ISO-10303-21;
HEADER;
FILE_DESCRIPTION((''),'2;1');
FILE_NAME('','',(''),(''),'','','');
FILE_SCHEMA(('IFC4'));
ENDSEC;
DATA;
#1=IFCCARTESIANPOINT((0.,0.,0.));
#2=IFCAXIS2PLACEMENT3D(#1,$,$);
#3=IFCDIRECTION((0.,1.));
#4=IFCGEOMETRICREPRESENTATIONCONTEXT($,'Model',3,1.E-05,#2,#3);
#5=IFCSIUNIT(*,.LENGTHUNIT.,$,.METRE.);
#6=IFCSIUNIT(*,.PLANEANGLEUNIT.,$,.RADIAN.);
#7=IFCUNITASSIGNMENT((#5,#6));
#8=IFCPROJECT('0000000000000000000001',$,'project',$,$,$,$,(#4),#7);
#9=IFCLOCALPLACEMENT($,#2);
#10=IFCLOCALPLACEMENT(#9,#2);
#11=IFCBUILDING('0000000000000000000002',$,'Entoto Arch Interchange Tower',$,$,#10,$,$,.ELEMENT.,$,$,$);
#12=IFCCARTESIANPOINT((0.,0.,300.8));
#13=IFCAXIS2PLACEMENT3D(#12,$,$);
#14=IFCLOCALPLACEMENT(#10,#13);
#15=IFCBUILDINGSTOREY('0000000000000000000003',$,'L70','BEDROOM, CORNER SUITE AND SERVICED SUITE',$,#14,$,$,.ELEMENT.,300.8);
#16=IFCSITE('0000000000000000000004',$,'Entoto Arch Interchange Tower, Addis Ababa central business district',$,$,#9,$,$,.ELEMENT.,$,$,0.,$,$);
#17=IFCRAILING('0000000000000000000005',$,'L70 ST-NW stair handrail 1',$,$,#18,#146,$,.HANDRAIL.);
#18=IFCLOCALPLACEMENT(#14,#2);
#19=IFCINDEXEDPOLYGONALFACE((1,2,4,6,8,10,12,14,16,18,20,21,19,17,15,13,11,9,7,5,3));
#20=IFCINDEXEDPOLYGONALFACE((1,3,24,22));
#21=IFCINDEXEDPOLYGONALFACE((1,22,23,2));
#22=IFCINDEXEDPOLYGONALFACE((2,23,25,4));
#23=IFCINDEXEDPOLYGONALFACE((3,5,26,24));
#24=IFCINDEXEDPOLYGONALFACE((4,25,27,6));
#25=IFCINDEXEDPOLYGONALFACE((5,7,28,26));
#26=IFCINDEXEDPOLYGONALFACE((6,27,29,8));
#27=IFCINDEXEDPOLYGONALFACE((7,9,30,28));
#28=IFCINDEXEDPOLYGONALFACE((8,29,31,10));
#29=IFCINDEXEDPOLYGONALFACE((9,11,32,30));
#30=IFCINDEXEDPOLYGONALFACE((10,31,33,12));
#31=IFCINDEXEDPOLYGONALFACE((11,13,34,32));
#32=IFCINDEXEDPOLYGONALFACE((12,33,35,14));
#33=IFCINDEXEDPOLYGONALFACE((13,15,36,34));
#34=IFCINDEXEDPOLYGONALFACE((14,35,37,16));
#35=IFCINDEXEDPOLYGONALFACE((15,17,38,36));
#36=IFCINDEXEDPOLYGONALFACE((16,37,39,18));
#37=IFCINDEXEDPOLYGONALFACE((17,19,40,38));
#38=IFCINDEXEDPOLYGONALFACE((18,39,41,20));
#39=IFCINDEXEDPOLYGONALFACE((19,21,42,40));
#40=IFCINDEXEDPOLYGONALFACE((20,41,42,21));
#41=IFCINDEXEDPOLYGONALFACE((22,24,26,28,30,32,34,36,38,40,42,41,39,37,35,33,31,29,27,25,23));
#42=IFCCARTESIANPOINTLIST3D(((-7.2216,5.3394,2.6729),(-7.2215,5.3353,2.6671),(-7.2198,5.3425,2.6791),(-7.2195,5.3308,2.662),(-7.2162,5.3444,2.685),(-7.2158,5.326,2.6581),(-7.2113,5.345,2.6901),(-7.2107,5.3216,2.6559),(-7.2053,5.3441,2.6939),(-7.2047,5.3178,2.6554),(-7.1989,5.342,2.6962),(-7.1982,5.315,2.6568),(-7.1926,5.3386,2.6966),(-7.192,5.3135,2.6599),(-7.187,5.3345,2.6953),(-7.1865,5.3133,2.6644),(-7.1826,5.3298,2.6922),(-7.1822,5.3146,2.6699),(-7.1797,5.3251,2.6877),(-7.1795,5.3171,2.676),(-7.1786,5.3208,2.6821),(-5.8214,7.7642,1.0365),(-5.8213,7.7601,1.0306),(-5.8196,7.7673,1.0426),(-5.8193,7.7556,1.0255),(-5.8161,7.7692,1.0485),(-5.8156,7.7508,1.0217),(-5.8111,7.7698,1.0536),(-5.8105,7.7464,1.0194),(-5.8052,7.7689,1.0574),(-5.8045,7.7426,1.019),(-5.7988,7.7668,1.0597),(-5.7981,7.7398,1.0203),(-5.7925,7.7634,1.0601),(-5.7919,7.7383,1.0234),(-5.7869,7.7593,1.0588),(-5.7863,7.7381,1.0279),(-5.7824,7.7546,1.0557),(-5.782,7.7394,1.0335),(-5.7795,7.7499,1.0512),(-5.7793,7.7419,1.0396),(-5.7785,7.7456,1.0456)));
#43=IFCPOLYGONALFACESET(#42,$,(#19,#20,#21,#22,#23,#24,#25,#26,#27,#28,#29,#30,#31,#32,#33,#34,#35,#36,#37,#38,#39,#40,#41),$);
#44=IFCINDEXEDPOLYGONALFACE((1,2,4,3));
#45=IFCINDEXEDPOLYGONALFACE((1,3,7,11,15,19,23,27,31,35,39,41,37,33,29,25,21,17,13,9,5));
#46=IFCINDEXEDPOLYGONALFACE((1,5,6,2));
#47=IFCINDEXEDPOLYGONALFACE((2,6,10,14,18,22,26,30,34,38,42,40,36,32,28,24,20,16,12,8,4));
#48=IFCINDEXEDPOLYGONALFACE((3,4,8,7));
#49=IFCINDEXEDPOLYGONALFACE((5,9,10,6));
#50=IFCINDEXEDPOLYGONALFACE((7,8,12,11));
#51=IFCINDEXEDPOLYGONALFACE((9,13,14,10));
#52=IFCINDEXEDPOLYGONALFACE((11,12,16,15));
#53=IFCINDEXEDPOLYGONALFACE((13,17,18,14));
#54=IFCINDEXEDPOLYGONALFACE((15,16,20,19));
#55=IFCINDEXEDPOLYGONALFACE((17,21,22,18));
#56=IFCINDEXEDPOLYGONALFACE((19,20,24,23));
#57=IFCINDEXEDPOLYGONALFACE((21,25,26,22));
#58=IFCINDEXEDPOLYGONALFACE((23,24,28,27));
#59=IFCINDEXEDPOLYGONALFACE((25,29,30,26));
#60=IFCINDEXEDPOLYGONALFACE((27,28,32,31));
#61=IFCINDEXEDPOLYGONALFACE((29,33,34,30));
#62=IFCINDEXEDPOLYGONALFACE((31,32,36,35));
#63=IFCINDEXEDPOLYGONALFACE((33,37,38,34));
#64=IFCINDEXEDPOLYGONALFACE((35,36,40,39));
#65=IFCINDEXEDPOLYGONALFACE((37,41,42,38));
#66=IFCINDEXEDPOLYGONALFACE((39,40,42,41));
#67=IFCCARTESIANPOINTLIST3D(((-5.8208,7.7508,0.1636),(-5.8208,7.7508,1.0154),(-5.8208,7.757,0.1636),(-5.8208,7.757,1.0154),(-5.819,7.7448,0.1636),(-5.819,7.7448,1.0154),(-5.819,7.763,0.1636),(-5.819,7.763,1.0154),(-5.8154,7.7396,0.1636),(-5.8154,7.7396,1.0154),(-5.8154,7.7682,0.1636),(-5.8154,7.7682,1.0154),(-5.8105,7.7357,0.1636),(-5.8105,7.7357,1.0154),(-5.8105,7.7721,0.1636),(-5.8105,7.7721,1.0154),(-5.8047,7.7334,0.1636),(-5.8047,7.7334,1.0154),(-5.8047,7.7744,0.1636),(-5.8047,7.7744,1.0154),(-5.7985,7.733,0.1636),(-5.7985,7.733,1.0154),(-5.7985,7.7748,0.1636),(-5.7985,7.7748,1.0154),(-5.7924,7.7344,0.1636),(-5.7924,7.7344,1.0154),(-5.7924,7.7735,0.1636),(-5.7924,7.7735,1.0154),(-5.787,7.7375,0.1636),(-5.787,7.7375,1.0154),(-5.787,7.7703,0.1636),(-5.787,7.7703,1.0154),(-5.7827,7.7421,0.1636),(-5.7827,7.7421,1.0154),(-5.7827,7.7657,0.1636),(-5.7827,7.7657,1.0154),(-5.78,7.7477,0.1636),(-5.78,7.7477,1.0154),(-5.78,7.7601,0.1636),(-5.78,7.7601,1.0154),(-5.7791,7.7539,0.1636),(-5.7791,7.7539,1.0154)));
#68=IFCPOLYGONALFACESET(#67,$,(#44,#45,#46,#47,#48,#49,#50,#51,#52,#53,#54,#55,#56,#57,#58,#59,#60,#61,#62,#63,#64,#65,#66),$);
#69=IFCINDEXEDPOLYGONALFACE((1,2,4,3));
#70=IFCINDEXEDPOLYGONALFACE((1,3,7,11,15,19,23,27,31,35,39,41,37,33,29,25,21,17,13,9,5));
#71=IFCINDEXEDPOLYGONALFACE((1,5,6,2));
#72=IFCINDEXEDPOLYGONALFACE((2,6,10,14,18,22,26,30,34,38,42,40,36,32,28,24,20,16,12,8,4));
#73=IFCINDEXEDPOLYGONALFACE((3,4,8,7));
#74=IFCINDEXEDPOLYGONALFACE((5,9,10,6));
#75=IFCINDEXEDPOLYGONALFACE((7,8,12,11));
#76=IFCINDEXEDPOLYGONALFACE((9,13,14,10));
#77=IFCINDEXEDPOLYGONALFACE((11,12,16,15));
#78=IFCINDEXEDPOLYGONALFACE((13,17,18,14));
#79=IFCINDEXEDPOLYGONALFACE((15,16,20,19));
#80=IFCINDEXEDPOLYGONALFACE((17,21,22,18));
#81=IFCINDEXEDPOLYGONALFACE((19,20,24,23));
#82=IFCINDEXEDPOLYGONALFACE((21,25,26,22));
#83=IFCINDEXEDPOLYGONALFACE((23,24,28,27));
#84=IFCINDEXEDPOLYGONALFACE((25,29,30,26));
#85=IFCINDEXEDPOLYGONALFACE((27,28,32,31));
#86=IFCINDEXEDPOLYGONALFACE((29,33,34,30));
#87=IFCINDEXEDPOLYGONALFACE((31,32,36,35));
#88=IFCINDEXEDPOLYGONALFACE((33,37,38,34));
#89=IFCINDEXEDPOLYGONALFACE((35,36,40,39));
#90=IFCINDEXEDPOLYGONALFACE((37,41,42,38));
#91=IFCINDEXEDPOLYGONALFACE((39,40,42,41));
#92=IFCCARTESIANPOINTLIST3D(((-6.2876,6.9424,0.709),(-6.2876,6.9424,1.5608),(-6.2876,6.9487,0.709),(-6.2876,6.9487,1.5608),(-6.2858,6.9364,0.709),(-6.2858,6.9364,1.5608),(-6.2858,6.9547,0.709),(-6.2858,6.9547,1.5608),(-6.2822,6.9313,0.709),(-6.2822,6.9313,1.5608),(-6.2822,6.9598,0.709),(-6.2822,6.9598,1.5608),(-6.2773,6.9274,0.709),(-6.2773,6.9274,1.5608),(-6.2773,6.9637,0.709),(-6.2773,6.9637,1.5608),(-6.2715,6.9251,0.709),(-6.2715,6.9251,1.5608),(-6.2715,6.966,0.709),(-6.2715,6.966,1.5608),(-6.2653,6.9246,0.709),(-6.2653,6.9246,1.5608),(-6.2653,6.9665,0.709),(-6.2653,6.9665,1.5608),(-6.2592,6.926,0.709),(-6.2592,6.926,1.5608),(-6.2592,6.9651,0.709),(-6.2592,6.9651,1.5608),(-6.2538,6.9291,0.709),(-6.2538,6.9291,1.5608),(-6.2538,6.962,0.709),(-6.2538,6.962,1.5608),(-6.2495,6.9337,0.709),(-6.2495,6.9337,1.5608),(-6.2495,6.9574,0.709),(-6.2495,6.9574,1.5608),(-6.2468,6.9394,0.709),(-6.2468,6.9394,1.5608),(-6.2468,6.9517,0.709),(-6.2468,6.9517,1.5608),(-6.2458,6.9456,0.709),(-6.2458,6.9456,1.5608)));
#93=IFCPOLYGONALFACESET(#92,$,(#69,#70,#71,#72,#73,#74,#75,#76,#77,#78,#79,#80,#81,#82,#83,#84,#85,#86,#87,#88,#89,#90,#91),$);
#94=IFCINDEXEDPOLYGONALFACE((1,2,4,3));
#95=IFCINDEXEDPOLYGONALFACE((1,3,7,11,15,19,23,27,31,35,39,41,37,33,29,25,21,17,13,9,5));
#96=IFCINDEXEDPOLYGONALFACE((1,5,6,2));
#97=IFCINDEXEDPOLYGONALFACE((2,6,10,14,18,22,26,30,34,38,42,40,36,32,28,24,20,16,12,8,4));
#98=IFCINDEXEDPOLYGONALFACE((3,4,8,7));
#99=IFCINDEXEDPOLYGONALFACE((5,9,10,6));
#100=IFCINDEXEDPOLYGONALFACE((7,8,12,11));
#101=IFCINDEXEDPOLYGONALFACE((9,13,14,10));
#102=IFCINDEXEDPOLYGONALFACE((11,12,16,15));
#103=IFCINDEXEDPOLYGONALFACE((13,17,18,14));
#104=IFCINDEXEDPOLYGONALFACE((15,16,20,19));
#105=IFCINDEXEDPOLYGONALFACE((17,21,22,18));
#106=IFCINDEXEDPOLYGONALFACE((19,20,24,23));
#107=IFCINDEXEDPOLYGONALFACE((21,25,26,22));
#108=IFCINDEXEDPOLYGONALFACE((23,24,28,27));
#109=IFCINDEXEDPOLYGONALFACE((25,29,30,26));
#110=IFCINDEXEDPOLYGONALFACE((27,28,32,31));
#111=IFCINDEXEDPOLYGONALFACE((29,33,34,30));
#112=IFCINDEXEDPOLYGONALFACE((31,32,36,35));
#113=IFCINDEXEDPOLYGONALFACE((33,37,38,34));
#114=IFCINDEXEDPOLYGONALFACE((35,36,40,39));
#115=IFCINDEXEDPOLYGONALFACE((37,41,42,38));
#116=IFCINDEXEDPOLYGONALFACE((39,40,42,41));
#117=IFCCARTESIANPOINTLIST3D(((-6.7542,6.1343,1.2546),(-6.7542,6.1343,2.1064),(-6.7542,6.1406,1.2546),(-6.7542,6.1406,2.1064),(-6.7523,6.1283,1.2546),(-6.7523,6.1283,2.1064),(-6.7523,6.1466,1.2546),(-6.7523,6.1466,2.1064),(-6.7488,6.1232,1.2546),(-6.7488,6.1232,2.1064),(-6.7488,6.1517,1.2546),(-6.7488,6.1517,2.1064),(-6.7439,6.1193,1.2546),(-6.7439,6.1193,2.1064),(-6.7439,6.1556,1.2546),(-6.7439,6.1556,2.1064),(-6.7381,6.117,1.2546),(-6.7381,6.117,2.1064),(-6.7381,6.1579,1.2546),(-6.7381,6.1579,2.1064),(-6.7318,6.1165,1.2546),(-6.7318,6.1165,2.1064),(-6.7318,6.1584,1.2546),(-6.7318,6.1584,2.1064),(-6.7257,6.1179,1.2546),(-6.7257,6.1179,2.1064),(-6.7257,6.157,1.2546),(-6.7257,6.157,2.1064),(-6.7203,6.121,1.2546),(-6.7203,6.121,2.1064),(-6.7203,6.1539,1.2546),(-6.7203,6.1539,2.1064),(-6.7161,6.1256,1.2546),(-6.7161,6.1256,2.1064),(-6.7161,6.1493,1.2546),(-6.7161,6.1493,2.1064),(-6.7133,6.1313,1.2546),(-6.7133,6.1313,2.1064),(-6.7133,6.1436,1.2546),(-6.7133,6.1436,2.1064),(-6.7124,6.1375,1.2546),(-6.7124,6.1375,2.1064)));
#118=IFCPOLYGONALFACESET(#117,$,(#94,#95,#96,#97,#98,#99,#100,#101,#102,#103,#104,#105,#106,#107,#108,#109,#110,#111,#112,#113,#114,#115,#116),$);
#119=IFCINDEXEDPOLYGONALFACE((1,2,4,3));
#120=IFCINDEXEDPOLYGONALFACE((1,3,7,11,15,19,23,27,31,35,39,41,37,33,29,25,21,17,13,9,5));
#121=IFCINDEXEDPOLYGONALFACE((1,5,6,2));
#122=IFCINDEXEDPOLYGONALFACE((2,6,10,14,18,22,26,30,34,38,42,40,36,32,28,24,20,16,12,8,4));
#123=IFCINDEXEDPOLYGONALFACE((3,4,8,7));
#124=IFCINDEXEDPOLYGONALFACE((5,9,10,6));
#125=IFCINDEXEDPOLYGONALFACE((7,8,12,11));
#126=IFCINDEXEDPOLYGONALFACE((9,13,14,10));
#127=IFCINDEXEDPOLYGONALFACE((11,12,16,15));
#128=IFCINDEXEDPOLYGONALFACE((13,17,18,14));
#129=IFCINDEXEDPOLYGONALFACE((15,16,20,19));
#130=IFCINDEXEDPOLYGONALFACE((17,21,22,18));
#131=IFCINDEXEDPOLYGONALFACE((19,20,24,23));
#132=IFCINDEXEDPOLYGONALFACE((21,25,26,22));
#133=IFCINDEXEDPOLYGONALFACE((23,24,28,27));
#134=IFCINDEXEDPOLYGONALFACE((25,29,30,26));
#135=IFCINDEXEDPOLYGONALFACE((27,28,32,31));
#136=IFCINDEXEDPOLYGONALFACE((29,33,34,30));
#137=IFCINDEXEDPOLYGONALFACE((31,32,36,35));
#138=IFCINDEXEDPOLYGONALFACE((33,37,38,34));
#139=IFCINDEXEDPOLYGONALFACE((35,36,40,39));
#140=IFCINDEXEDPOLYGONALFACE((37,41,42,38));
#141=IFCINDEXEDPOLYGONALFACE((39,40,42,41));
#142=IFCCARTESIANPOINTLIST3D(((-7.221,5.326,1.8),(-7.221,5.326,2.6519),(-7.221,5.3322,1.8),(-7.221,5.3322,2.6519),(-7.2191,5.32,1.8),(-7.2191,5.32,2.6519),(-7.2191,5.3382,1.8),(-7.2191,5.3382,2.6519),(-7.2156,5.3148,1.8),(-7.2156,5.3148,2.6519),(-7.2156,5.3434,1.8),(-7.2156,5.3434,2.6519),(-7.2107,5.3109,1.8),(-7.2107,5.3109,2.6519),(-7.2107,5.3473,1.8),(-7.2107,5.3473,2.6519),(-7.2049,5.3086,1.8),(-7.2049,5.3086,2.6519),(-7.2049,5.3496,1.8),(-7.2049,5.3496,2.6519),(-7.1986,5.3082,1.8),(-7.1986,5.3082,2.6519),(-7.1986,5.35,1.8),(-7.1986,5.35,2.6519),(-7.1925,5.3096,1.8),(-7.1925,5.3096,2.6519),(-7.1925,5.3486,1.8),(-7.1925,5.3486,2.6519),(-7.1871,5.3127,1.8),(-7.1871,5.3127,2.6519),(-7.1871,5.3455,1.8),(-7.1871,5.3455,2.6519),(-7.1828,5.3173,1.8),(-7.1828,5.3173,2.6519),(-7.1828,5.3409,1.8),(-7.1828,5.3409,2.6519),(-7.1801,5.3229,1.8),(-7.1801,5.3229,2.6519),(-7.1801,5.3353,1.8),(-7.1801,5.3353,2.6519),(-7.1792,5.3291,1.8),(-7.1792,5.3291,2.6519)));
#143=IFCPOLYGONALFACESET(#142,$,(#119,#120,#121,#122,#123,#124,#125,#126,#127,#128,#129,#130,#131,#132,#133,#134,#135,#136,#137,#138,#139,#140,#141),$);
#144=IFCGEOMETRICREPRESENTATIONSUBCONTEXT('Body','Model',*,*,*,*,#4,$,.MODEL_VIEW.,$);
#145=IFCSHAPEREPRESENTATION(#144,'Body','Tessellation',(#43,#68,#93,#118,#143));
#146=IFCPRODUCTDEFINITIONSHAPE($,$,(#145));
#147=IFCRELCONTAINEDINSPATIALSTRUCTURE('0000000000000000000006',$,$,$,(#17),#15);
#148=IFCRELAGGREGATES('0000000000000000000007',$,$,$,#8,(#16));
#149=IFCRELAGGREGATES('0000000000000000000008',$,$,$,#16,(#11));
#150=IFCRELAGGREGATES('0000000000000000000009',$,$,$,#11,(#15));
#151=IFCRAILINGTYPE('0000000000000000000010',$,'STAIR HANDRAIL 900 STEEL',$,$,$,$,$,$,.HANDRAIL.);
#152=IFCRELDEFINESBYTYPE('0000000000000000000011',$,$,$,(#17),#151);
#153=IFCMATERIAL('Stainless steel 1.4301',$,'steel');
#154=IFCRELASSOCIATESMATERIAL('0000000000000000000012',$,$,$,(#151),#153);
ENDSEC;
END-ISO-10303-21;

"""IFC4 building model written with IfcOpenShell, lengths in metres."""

from ifc_helpers import new_model, si_unit, direction, frame, origin, origin_2d, place, context, subcontext, project, spatial, circle, extrude, material, type_object, element, save


model = new_model("IFC4")

# Units and contexts
model_context = context("Model", 3, precision=1e-05, world=origin(), true_north=direction((0.0, 1.0)))
body_context = subcontext(model_context, "Body", "Model", "MODEL_VIEW")
ifc_project = project(units=[si_unit("LENGTHUNIT", "METRE"), si_unit("PLANEANGLEUNIT", "RADIAN")], contexts=[model_context])

# Site, building, storey
site_placement = place(None, origin())
site = spatial("IfcSite", under=ifc_project, at=site_placement, Name="Entoto Arch Interchange Tower, Addis Ababa central business district", CompositionType="ELEMENT", RefElevation=0.0)
building_placement = place(site_placement, origin())
building = spatial("IfcBuilding", under=site, at=building_placement, Name="Entoto Arch Interchange Tower", CompositionType="ELEMENT")
storey_placement = place(building_placement, frame((0.0, 0.0, 300.8)))
storey = spatial("IfcBuildingStorey", under=building, at=storey_placement, Name="L70", Description="BEDROOM, CORNER SUITE AND SERVICED SUITE", CompositionType="ELEMENT", Elevation=300.8)

# Railing
ifc_material_1 = material(Name="Stainless steel 1.4301", Category="steel")
railing_type_1 = type_object("IfcRailingType", Name="STAIR HANDRAIL 900 STEEL", PredefinedType="HANDRAIL", material=ifc_material_1)
railing_1_placement = place(storey_placement, frame((-5.8, 7.7539, 0.1636)))
element("IfcRailing", 1, at=railing_1_placement, inside=storey, type_object=railing_type_1, Name="L70 ST-NW stair handrail 1", PredefinedType="HANDRAIL", context=body_context, shape_type="SweptSolid", body=[
    extrude(circle(Radius=0.0239, at=origin_2d()), frame((0.0, 0.0, 0.876), z_axis=(-0.431722, -0.747666, 0.504591), x_axis=(0.865997, -0.50005, 0.0)), (0.0, 0.0, 1.0), 3.2432),
    extrude(circle(Radius=0.021, at=origin_2d()), origin(), (0.0, 0.0, 1.0), 0.8518),
    extrude(circle(Radius=0.021, at=origin_2d()), frame((-0.4668, -0.8083, 0.5454)), (0.0, 0.0, 1.0), 0.8518),
    extrude(circle(Radius=0.021, at=origin_2d()), frame((-0.9333, -1.6165, 1.0911)), (0.0, 0.0, 1.0), 0.8518),
    extrude(circle(Radius=0.021, at=origin_2d()), frame((-1.4001, -2.4248, 1.6365)), (0.0, 0.0, 1.0), 0.8518),
])

save(model, "model.ifc")
